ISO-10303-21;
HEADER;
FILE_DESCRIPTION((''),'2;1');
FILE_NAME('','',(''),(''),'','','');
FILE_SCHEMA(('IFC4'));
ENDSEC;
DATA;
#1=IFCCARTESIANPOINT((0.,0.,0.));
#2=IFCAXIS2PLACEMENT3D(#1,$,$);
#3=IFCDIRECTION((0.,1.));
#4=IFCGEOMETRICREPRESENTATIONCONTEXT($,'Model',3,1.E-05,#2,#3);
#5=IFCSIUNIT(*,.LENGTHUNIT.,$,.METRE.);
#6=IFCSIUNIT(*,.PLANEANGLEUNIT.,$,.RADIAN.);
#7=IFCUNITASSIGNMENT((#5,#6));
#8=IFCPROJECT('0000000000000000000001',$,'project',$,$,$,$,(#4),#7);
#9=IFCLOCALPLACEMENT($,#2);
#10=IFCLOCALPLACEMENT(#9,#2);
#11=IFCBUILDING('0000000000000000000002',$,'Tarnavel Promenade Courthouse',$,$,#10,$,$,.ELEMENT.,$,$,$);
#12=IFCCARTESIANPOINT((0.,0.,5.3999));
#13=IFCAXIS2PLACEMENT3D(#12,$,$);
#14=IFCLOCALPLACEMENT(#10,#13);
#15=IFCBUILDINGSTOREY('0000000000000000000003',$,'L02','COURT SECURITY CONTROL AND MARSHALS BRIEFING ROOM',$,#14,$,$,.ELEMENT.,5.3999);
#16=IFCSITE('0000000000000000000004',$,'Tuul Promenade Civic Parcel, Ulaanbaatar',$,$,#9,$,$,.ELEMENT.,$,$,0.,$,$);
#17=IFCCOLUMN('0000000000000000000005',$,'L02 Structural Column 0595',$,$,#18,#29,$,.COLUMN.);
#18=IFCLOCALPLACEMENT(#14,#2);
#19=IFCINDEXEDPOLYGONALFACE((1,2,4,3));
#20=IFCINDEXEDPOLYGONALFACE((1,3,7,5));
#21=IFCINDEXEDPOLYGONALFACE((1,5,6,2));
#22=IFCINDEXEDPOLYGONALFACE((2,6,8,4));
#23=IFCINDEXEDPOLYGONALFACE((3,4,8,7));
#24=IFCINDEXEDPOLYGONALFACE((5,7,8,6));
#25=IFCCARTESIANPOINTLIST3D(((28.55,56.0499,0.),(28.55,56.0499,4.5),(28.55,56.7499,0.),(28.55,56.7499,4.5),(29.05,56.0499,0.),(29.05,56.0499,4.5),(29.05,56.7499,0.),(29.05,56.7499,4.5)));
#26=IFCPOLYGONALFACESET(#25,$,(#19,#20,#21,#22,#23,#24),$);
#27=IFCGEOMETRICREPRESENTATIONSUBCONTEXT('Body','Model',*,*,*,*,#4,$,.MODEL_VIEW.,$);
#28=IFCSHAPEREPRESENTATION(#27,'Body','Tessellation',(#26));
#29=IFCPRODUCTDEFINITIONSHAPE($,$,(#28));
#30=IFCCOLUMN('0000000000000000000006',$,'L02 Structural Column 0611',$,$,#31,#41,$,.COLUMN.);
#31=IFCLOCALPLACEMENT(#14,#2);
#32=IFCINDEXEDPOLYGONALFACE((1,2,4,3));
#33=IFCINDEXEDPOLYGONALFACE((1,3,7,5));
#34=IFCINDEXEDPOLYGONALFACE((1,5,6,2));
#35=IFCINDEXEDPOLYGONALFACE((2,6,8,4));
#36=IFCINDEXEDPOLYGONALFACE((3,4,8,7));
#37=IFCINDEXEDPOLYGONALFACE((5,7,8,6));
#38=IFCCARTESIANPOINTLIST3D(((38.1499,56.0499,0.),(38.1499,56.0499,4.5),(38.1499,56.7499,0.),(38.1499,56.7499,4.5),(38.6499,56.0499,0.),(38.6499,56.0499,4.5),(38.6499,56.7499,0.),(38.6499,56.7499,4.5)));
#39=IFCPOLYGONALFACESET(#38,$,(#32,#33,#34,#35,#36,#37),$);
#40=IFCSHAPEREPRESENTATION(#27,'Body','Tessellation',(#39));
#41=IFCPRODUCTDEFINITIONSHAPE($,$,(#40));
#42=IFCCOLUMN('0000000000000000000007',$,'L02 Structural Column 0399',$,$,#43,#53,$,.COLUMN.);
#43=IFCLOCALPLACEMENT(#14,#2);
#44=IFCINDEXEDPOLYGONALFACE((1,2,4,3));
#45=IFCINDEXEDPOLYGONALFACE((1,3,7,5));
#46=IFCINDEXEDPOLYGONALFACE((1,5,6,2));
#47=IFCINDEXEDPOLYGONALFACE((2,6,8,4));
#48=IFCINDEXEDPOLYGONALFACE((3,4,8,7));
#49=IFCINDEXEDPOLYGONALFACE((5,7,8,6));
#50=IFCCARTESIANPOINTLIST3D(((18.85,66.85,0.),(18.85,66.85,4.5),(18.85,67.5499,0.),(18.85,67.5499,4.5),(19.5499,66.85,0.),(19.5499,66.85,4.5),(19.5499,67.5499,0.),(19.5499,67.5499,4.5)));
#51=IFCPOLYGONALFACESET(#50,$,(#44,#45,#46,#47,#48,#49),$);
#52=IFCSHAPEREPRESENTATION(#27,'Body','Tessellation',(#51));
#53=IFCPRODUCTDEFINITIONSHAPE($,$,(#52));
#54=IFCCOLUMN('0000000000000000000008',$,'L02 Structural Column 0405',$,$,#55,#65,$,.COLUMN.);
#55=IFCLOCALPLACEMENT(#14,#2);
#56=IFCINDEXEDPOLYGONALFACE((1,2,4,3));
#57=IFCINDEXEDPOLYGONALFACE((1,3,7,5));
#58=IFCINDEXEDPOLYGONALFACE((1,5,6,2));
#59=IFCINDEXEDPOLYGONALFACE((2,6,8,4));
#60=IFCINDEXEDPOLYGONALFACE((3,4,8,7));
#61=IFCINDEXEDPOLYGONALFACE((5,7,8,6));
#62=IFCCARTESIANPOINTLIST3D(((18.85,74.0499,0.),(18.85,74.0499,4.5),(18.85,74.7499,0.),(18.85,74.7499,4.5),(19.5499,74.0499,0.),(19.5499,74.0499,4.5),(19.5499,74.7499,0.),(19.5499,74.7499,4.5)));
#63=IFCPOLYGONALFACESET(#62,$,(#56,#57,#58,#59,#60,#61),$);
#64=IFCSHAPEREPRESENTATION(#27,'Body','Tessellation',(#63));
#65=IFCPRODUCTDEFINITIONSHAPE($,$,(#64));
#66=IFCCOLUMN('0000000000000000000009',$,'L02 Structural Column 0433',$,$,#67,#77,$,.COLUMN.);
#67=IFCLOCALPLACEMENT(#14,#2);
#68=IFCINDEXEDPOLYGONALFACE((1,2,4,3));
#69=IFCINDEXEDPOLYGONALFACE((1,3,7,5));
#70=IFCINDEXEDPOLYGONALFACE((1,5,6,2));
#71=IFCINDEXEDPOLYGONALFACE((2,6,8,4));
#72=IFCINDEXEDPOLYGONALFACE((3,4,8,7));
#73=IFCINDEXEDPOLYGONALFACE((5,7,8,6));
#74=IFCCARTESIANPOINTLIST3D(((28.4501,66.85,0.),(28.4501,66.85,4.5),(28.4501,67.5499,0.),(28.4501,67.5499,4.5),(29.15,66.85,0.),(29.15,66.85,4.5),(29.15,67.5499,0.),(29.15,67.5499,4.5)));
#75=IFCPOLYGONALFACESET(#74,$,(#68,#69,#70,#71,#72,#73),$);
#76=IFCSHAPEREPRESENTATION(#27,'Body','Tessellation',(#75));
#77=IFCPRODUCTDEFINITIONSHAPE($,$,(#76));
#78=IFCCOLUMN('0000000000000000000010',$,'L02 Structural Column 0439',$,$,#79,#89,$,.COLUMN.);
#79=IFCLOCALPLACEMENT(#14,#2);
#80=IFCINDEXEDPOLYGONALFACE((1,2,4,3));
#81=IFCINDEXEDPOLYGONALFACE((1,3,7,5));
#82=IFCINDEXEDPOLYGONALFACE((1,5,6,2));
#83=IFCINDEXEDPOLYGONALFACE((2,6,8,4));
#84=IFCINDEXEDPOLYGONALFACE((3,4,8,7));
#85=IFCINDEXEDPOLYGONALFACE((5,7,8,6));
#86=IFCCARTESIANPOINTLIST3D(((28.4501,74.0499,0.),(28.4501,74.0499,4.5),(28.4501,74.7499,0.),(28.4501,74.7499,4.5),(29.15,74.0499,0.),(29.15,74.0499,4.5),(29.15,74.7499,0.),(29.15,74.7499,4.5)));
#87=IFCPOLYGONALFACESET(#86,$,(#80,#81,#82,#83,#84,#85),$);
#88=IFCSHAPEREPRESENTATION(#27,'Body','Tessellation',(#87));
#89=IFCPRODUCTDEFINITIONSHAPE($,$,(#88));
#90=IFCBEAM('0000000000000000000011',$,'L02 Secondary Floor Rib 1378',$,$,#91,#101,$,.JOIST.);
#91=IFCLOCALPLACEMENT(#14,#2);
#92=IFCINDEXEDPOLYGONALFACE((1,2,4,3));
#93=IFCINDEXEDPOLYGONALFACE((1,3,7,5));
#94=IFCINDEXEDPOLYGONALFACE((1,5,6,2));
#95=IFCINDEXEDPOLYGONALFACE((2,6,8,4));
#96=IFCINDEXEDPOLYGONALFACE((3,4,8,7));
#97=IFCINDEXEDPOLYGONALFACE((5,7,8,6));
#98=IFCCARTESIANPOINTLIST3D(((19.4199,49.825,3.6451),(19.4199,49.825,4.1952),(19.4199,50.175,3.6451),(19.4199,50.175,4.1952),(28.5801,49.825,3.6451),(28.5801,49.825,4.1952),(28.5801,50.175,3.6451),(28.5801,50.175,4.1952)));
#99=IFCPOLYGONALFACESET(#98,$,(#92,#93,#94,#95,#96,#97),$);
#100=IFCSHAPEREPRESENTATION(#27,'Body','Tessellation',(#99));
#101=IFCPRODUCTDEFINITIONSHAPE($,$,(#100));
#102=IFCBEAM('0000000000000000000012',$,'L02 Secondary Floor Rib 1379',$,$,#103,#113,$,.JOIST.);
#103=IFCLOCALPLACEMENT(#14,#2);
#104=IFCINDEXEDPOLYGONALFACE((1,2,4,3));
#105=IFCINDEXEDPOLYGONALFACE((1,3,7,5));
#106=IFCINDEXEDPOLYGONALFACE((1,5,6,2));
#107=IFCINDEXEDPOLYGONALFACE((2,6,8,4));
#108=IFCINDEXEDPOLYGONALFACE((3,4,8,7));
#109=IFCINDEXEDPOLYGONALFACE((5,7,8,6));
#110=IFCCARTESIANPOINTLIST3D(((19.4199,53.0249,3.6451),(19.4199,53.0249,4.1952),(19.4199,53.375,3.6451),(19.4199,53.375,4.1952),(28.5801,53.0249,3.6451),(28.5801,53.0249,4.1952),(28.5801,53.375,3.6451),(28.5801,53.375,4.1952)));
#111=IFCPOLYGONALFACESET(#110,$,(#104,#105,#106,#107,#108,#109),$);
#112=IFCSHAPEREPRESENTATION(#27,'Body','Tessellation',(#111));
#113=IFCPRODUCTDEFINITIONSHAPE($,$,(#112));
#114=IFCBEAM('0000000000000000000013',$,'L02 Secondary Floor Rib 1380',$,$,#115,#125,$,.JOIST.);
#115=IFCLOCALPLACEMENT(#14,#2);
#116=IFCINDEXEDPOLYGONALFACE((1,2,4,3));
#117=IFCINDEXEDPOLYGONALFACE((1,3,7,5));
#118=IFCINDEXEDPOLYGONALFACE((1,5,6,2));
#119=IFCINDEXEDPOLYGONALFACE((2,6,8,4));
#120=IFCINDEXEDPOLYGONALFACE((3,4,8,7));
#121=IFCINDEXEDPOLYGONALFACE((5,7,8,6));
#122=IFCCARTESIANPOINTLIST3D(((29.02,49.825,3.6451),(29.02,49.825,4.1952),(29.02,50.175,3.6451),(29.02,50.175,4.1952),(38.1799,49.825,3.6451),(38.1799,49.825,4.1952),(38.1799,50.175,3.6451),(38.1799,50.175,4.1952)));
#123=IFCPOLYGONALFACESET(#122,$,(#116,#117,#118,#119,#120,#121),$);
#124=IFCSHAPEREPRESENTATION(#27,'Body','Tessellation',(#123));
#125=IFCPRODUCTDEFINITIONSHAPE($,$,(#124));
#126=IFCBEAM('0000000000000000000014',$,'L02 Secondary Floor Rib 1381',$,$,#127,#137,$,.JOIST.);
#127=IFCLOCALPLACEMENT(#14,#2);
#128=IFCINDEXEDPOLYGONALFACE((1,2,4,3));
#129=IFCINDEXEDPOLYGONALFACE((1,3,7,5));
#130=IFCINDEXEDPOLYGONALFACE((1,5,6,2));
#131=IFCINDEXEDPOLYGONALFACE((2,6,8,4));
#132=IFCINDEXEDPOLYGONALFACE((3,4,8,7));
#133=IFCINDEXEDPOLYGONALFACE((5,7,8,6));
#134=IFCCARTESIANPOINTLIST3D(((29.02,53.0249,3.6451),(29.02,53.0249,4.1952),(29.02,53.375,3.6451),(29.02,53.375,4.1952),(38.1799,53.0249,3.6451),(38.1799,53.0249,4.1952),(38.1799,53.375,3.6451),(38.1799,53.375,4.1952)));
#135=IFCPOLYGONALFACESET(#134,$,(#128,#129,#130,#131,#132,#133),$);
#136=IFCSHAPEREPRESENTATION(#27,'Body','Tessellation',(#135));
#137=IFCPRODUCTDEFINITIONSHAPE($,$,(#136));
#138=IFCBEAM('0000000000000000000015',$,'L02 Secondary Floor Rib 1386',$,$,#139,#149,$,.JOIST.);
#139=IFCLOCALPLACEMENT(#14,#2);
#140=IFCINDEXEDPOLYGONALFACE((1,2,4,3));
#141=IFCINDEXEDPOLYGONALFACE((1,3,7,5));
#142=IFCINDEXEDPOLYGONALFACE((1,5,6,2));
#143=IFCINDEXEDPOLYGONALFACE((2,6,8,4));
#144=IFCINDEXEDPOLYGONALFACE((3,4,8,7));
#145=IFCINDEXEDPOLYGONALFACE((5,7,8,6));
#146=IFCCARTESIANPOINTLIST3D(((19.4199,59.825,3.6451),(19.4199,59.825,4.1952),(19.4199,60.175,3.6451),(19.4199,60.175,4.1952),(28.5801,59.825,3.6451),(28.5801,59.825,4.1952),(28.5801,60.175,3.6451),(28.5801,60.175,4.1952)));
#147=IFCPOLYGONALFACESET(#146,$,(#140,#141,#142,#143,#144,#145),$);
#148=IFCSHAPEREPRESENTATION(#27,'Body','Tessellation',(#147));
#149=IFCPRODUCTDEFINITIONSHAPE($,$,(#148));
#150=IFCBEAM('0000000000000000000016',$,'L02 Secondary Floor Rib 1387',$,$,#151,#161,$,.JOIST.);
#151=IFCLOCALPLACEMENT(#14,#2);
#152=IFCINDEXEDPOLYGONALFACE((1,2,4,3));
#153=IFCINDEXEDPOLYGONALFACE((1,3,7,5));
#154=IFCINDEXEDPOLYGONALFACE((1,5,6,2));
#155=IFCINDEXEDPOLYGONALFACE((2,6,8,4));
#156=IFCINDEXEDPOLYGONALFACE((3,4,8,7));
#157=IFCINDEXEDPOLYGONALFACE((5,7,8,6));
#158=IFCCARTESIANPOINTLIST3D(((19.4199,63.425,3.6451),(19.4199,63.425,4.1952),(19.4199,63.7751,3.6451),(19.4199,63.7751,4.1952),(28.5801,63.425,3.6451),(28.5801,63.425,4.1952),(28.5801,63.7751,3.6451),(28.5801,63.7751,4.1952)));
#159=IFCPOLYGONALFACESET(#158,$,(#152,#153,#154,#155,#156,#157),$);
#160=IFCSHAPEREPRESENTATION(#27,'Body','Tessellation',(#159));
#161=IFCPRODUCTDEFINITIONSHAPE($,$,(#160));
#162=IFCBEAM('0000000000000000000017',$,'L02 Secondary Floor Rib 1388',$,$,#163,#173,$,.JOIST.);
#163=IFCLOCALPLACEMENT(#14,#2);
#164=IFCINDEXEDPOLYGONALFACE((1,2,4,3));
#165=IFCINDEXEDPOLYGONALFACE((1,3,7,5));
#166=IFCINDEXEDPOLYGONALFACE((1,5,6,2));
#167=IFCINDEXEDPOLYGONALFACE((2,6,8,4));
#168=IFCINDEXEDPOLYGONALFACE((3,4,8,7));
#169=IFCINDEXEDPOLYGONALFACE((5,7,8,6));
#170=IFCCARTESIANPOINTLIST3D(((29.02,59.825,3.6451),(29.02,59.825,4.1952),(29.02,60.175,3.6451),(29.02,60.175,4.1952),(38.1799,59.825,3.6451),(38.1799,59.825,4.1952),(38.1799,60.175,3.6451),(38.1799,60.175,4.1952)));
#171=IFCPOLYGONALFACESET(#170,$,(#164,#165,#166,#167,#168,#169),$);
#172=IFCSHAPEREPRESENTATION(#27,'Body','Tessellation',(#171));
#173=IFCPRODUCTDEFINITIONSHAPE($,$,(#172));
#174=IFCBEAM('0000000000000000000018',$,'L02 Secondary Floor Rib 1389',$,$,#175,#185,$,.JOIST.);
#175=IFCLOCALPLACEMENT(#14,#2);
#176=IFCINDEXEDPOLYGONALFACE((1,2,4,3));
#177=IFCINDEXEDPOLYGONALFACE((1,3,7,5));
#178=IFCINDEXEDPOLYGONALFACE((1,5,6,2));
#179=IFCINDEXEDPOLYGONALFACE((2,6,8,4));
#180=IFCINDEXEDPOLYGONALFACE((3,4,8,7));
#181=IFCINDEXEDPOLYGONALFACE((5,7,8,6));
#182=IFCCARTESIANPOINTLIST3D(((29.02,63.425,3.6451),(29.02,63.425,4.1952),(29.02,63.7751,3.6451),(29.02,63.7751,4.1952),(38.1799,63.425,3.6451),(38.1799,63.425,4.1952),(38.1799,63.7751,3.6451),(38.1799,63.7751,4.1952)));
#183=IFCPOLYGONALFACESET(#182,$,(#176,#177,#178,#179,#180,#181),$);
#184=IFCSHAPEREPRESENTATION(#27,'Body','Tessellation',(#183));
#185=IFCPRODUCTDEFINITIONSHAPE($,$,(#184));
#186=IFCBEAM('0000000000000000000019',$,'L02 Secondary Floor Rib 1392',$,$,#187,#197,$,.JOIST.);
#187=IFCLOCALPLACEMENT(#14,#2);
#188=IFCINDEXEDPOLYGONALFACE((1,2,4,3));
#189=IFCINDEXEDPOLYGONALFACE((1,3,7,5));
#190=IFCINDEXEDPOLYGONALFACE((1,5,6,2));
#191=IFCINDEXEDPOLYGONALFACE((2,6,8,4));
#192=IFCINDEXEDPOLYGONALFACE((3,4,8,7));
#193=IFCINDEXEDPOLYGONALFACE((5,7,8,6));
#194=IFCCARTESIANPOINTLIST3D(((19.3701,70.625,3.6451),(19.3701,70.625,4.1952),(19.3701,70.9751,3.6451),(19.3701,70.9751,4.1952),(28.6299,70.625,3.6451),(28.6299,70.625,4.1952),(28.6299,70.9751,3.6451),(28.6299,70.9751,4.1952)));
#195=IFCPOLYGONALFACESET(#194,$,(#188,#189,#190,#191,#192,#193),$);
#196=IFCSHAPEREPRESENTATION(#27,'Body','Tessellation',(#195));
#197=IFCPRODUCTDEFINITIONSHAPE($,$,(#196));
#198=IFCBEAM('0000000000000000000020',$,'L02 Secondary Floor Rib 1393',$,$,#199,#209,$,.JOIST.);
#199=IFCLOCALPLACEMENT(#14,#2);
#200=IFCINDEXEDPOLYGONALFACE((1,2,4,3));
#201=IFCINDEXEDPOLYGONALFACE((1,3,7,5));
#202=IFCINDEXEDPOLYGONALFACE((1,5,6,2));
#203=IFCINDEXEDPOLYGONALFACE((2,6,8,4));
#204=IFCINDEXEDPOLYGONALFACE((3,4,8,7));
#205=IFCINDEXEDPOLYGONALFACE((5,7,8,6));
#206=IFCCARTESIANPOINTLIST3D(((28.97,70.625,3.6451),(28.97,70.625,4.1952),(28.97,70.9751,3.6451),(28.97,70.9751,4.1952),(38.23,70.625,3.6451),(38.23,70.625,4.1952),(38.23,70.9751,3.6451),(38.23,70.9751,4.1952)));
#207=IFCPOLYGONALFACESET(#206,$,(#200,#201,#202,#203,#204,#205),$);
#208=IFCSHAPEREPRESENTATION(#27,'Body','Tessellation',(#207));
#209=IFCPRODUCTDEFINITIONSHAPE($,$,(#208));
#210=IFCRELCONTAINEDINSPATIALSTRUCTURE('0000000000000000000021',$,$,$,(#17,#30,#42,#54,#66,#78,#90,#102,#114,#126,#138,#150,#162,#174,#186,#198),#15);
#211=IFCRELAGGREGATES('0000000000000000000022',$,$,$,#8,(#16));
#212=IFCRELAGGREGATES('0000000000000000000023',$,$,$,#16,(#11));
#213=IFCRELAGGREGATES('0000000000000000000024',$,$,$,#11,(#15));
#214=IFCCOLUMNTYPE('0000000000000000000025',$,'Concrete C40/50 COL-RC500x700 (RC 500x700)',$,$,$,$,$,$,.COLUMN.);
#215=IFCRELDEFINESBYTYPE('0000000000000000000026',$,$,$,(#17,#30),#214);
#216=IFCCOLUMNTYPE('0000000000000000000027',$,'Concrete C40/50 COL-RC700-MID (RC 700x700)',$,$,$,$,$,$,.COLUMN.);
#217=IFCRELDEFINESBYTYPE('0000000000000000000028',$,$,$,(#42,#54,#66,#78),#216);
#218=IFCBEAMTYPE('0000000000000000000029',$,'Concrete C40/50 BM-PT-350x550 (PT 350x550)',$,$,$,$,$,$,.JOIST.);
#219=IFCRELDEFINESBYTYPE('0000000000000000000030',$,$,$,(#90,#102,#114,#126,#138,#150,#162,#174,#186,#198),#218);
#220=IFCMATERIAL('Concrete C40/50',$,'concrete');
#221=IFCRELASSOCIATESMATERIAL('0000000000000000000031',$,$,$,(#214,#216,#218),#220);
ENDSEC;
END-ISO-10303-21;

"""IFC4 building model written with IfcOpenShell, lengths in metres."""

from ifc_helpers import new_model, si_unit, direction, frame, origin, origin_2d, place, context, subcontext, project, spatial, rectangle, extrude, material, material_profile, profile_set, type_object, element, save


model = new_model("IFC4")

# Units and contexts
model_context = context("Model", 3, precision=1e-05, world=origin(), true_north=direction((0.0, 1.0)))
body_context = subcontext(model_context, "Body", "Model", "MODEL_VIEW")
ifc_project = project(units=[si_unit("LENGTHUNIT", "METRE"), si_unit("PLANEANGLEUNIT", "RADIAN")], contexts=[model_context])

# Site, building, storey
site_placement = place(None, origin())
site = spatial("IfcSite", under=ifc_project, at=site_placement, Name="Tuul Promenade Civic Parcel, Ulaanbaatar", CompositionType="ELEMENT", RefElevation=0.0)
building_placement = place(site_placement, origin())
building = spatial("IfcBuilding", under=site, at=building_placement, Name="Tarnavel Promenade Courthouse", CompositionType="ELEMENT")
storey_placement = place(building_placement, frame((0.0, 0.0, 5.3999)))
storey = spatial("IfcBuildingStorey", under=building, at=storey_placement, Name="L02", Description="COURT SECURITY CONTROL AND MARSHALS BRIEFING ROOM", CompositionType="ELEMENT", Elevation=5.3999)

# Columns
ifc_material_1 = material(Name="Concrete C40/50", Category="concrete")
ifc_material_profile_1 = material_profile(ifc_material_1, rectangle(XDim=0.5, YDim=0.7, at=origin_2d()), Name="RC 500x700")
ifc_profile_set_1 = profile_set([ifc_material_profile_1], Name="Concrete C40/50")
column_type_1 = type_object("IfcColumnType", Name="Concrete C40/50 COL-RC500x700 (RC 500x700)", PredefinedType="COLUMN", material=ifc_profile_set_1)
for number, where, z_axis, x_axis, name in (
    (1, (28.8, 56.3999, 0.0), (0.0, 0.0, 1.0), (1.0, 0.0, 0.0), "L02 Structural Column 0595"),
    (2, (38.3999, 56.3999, 0.0), (0.0, 0.0, 1.0), (1.0, 0.0, 0.0), "L02 Structural Column 0611"),
):
    element("IfcColumn", number, at=place(storey_placement, frame(where, z_axis=z_axis, x_axis=x_axis)), inside=storey, type_object=column_type_1, Name=name, PredefinedType="COLUMN", context=body_context, shape_type="SweptSolid", body=[
        extrude(rectangle(XDim=0.5, YDim=0.7, at=origin_2d()), origin(), (0.0, 0.0, 1.0), 4.5),
    ])
ifc_material_profile_2 = material_profile(ifc_material_1, rectangle(XDim=0.7, YDim=0.7, at=origin_2d()), Name="RC 700x700")
ifc_profile_set_2 = profile_set([ifc_material_profile_2], Name="Concrete C40/50")
column_type_2 = type_object("IfcColumnType", Name="Concrete C40/50 COL-RC700-MID (RC 700x700)", PredefinedType="COLUMN", material=ifc_profile_set_2)
for number, where, z_axis, x_axis, name in (
    (3, (19.2, 67.2, 0.0), (0.0, 0.0, 1.0), (1.0, 0.0, 0.0), "L02 Structural Column 0399"),
    (4, (19.2, 74.3999, 0.0), (0.0, 0.0, 1.0), (1.0, 0.0, 0.0), "L02 Structural Column 0405"),
    (5, (28.8, 67.2, 0.0), (0.0, 0.0, 1.0), (1.0, 0.0, 0.0), "L02 Structural Column 0433"),
    (6, (28.8, 74.3999, 0.0), (0.0, 0.0, 1.0), (1.0, 0.0, 0.0), "L02 Structural Column 0439"),
):
    element("IfcColumn", number, at=place(storey_placement, frame(where, z_axis=z_axis, x_axis=x_axis)), inside=storey, type_object=column_type_2, Name=name, PredefinedType="COLUMN", context=body_context, shape_type="SweptSolid", body=[
        extrude(rectangle(XDim=0.7, YDim=0.7, at=origin_2d()), origin(), (0.0, 0.0, 1.0), 4.5),
    ])

# Beams
ifc_material_profile_3 = material_profile(ifc_material_1, rectangle(XDim=0.3501, YDim=0.55, at=origin_2d()), Name="PT 350x550")
ifc_profile_set_3 = profile_set([ifc_material_profile_3], Name="Concrete C40/50")
beam_type_1 = type_object("IfcBeamType", Name="Concrete C40/50 BM-PT-350x550 (PT 350x550)", PredefinedType="JOIST", material=ifc_profile_set_3)
for number, where, z_axis, x_axis, name in (
    (7, (19.4199, 50.0, 3.9202), (1.0, 0.0, 0.0), (0.0, 1.0, 0.0), "L02 Secondary Floor Rib 1378"),
    (8, (19.4199, 53.2, 3.9202), (1.0, 0.0, 0.0), (0.0, 1.0, 0.0), "L02 Secondary Floor Rib 1379"),
):
    element("IfcBeam", number, at=place(storey_placement, frame(where, z_axis=z_axis, x_axis=x_axis)), inside=storey, type_object=beam_type_1, Name=name, PredefinedType="JOIST", context=body_context, shape_type="SweptSolid", body=[
        extrude(rectangle(XDim=0.3501, YDim=0.55, at=origin_2d()), origin(), (0.0, 0.0, 1.0), 9.1602),
    ])
for number, where, z_axis, x_axis, name in (
    (9, (29.02, 50.0, 3.9202), (1.0, 0.0, 0.0), (0.0, 1.0, 0.0), "L02 Secondary Floor Rib 1380"),
    (10, (29.02, 53.2, 3.9202), (1.0, 0.0, 0.0), (0.0, 1.0, 0.0), "L02 Secondary Floor Rib 1381"),
):
    element("IfcBeam", number, at=place(storey_placement, frame(where, z_axis=z_axis, x_axis=x_axis)), inside=storey, type_object=beam_type_1, Name=name, PredefinedType="JOIST", context=body_context, shape_type="SweptSolid", body=[
        extrude(rectangle(XDim=0.3501, YDim=0.55, at=origin_2d()), origin(), (0.0, 0.0, 1.0), 9.1599),
    ])
for number, where, z_axis, x_axis, name in (
    (11, (19.4199, 60.0, 3.9202), (1.0, 0.0, 0.0), (0.0, 1.0, 0.0), "L02 Secondary Floor Rib 1386"),
    (12, (19.4199, 63.6001, 3.9202), (1.0, 0.0, 0.0), (0.0, 1.0, 0.0), "L02 Secondary Floor Rib 1387"),
):
    element("IfcBeam", number, at=place(storey_placement, frame(where, z_axis=z_axis, x_axis=x_axis)), inside=storey, type_object=beam_type_1, Name=name, PredefinedType="JOIST", context=body_context, shape_type="SweptSolid", body=[
        extrude(rectangle(XDim=0.3501, YDim=0.55, at=origin_2d()), origin(), (0.0, 0.0, 1.0), 9.1602),
    ])
for number, where, z_axis, x_axis, name in (
    (13, (29.02, 60.0, 3.9202), (1.0, 0.0, 0.0), (0.0, 1.0, 0.0), "L02 Secondary Floor Rib 1388"),
    (14, (29.02, 63.6001, 3.9202), (1.0, 0.0, 0.0), (0.0, 1.0, 0.0), "L02 Secondary Floor Rib 1389"),
):
    element("IfcBeam", number, at=place(storey_placement, frame(where, z_axis=z_axis, x_axis=x_axis)), inside=storey, type_object=beam_type_1, Name=name, PredefinedType="JOIST", context=body_context, shape_type="SweptSolid", body=[
        extrude(rectangle(XDim=0.3501, YDim=0.55, at=origin_2d()), origin(), (0.0, 0.0, 1.0), 9.1599),
    ])
beam_1_placement = place(storey_placement, frame((19.3701, 70.8, 3.9202), z_axis=(1.0, 0.0, 0.0), x_axis=(0.0, 1.0, 0.0)))
element("IfcBeam", 15, at=beam_1_placement, inside=storey, type_object=beam_type_1, Name="L02 Secondary Floor Rib 1392", PredefinedType="JOIST", context=body_context, shape_type="SweptSolid", body=[
    extrude(rectangle(XDim=0.3501, YDim=0.55, at=origin_2d()), origin(), (0.0, 0.0, 1.0), 9.2598),
])
beam_2_placement = place(storey_placement, frame((28.97, 70.8, 3.9202), z_axis=(1.0, 0.0, 0.0), x_axis=(0.0, 1.0, 0.0)))
element("IfcBeam", 16, at=beam_2_placement, inside=storey, type_object=beam_type_1, Name="L02 Secondary Floor Rib 1393", PredefinedType="JOIST", context=body_context, shape_type="SweptSolid", body=[
    extrude(rectangle(XDim=0.3501, YDim=0.55, at=origin_2d()), origin(), (0.0, 0.0, 1.0), 9.26),
])

save(model, "model.ifc")
